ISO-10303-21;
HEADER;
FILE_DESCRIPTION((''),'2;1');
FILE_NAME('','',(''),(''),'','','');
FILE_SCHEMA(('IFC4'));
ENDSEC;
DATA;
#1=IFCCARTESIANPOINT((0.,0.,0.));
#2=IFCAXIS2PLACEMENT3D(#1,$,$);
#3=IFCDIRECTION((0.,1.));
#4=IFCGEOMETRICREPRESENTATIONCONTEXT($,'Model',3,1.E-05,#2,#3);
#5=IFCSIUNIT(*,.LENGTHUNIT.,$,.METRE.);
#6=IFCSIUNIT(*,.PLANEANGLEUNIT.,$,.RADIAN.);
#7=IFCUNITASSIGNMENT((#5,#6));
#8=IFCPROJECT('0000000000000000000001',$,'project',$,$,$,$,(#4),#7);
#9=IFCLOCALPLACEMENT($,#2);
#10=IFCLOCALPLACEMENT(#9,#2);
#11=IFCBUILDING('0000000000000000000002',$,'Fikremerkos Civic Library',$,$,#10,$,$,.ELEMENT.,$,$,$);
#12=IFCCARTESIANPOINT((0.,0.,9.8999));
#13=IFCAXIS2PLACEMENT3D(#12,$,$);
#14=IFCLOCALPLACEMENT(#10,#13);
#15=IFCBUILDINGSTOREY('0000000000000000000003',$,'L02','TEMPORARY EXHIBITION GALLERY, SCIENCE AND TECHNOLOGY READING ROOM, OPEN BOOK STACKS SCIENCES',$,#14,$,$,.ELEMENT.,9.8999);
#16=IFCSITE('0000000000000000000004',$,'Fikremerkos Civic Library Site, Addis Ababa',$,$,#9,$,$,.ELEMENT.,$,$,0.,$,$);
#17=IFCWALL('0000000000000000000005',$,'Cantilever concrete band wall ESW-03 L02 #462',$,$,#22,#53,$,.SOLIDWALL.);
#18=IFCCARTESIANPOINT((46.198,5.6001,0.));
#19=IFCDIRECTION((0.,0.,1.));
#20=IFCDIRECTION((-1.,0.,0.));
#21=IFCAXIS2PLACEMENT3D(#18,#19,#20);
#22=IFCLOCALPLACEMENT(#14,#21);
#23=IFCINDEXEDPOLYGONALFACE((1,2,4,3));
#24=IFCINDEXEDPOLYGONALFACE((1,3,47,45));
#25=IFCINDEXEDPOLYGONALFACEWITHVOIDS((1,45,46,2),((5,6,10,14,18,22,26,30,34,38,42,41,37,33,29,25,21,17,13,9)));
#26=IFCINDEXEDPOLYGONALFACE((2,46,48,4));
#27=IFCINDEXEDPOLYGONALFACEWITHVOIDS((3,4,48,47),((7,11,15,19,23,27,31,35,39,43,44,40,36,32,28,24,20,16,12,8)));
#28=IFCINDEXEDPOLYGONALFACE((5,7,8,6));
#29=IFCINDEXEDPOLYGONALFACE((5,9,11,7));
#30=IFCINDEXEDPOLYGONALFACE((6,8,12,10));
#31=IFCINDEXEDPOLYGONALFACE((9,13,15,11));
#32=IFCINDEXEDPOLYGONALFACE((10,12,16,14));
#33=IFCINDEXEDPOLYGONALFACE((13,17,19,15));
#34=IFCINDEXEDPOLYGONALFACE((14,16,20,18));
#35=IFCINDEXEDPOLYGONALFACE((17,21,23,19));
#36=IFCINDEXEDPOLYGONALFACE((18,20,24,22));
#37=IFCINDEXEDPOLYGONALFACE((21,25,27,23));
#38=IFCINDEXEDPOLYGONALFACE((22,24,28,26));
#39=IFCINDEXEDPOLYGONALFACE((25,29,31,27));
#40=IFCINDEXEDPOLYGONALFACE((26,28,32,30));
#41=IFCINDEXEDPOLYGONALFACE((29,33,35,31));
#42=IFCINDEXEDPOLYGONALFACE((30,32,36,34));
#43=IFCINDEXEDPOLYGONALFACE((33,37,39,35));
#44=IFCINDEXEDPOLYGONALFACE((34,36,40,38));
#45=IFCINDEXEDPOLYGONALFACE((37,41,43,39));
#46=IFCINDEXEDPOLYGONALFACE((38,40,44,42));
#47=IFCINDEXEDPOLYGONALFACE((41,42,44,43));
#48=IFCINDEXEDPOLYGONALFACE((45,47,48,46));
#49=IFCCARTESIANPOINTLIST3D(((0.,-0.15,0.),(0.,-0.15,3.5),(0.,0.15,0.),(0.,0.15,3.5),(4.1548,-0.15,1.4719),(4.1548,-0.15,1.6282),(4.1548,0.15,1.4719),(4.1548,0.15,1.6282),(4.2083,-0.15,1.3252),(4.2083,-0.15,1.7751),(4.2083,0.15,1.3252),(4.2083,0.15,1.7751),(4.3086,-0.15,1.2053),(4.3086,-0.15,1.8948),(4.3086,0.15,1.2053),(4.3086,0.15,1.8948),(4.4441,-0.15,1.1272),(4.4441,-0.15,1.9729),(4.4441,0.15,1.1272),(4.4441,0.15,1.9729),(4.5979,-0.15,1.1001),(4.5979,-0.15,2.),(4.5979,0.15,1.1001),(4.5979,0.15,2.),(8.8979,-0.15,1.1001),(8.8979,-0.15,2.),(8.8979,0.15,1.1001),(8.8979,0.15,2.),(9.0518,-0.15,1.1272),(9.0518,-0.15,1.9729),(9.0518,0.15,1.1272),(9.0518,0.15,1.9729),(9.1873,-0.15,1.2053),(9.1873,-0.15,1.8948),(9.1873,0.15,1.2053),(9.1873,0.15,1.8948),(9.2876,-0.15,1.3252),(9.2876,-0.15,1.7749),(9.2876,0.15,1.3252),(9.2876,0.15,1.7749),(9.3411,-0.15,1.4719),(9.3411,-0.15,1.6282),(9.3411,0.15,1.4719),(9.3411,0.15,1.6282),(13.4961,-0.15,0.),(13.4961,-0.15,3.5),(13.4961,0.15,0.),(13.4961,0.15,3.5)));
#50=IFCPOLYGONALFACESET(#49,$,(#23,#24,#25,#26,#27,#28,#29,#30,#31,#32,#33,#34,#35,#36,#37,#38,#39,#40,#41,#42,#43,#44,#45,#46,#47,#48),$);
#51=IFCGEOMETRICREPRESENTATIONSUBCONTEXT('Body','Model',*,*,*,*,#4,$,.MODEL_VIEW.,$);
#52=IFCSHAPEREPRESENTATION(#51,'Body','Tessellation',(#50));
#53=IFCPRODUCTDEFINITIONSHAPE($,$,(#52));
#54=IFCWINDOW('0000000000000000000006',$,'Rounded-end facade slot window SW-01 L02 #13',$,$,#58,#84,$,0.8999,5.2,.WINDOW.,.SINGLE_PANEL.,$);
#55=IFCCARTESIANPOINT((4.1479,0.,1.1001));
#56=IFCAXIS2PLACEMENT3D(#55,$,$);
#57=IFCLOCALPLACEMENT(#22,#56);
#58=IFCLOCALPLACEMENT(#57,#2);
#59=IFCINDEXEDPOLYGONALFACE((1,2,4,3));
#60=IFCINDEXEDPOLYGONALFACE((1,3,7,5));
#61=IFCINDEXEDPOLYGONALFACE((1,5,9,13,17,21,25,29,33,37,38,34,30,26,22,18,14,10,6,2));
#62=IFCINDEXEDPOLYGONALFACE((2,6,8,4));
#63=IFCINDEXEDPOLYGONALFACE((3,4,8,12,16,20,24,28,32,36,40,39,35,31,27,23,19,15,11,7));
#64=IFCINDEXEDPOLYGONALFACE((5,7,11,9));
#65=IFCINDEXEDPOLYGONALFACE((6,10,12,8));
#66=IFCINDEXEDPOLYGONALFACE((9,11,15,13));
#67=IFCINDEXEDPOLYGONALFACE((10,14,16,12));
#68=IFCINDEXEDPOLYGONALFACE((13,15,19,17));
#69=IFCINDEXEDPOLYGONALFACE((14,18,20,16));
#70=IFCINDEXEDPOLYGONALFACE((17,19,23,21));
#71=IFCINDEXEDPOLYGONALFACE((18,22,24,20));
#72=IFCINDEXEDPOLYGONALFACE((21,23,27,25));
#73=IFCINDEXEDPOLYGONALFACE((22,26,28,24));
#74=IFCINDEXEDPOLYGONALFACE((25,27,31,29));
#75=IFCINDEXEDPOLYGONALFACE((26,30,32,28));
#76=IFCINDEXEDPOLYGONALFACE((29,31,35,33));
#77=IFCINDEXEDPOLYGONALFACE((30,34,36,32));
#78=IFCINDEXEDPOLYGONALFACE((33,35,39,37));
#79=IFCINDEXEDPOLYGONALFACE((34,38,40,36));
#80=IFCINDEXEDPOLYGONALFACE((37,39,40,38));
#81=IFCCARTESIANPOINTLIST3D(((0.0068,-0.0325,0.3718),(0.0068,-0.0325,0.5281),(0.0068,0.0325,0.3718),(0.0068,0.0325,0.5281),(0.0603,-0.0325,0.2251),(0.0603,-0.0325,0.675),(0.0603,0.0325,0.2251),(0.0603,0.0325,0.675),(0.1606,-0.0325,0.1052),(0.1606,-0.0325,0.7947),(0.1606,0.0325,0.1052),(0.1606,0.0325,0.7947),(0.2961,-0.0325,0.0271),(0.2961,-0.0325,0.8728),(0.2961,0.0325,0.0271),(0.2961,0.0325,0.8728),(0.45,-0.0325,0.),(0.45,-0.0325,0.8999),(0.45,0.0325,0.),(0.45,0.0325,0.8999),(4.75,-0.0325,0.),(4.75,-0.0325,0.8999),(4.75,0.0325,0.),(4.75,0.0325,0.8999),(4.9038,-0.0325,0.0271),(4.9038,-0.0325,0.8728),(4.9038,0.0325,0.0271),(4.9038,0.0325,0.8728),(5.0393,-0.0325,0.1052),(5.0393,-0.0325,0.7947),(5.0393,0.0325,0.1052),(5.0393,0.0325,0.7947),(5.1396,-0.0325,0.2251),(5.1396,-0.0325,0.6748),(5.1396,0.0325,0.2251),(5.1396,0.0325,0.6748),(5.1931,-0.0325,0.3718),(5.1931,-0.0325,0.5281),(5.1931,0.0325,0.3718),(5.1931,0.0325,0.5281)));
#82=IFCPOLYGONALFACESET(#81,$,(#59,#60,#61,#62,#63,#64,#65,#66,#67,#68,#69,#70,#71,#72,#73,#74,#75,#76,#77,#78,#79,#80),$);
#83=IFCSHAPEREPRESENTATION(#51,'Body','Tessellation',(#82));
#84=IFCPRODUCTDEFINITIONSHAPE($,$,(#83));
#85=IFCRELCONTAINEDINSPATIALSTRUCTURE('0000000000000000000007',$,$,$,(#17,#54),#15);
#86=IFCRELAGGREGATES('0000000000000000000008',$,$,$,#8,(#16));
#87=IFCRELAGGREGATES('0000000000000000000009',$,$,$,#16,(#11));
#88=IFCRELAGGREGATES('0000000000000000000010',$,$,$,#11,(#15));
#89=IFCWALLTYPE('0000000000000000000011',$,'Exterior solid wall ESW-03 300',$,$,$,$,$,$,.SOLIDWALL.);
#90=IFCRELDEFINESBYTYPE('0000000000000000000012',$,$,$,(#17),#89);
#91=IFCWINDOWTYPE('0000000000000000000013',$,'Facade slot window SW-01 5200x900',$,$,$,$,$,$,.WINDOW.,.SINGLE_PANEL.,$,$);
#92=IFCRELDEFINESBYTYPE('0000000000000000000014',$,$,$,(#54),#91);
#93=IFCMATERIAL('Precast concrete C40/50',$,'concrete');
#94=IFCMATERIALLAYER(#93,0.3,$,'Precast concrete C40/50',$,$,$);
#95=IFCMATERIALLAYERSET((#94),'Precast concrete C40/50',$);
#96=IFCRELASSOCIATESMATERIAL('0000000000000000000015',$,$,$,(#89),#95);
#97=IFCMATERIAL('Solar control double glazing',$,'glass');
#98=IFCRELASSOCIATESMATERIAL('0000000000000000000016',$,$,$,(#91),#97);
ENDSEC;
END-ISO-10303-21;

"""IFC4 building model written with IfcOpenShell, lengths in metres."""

from ifc_helpers import new_model, si_unit, direction, frame, frame_2d, origin, place, context, subcontext, project, spatial, polyline, rectangle, outline, extrude, material, layer, layer_set, type_object, element, fill, save


model = new_model("IFC4")

# Units and contexts
model_context = context("Model", 3, precision=1e-05, world=origin(), true_north=direction((0.0, 1.0)))
body_context = subcontext(model_context, "Body", "Model", "MODEL_VIEW")
ifc_project = project(units=[si_unit("LENGTHUNIT", "METRE"), si_unit("PLANEANGLEUNIT", "RADIAN")], contexts=[model_context])

# Site, building, storey
site_placement = place(None, origin())
site = spatial("IfcSite", under=ifc_project, at=site_placement, Name="Fikremerkos Civic Library Site, Addis Ababa", CompositionType="ELEMENT", RefElevation=0.0)
building_placement = place(site_placement, origin())
building = spatial("IfcBuilding", under=site, at=building_placement, Name="Fikremerkos Civic Library", CompositionType="ELEMENT")
storey_placement = place(building_placement, frame((0.0, 0.0, 9.8999)))
storey = spatial("IfcBuildingStorey", under=building, at=storey_placement, Name="L02", Description="TEMPORARY EXHIBITION GALLERY, SCIENCE AND TECHNOLOGY READING ROOM, OPEN BOOK STACKS SCIENCES", CompositionType="ELEMENT", Elevation=9.8999)

# Wall, opening, window
ifc_material_1 = material(Name="Precast concrete C40/50", Category="concrete")
ifc_layer_1 = layer(ifc_material_1, 0.3, Name="Precast concrete C40/50")
ifc_layer_set_1 = layer_set([ifc_layer_1], Name="Precast concrete C40/50")
wall_type_1 = type_object("IfcWallType", Name="Exterior solid wall ESW-03 300", PredefinedType="SOLIDWALL", material=ifc_layer_set_1)
wall_1_placement = place(storey_placement, frame((46.198, 5.6001, 0.0), z_axis=(0.0, 0.0, 1.0), x_axis=(-1.0, 0.0, 0.0)))
wall_1 = element("IfcWall", 1, at=wall_1_placement, inside=storey, type_object=wall_type_1, Name="Cantilever concrete band wall ESW-03 L02 #462", PredefinedType="SOLIDWALL", context=body_context, shape_type="SweptSolid", body=[
    extrude(rectangle(XDim=13.4961, YDim=0.3, at=frame_2d((6.748, 0.0))), origin(), (0.0, 0.0, 1.0), 3.5),
])
opening_1_placement = place(wall_1_placement, frame((4.1479, 0.0, 1.1001)))
opening_1 = element("IfcOpeningElement", 2, at=opening_1_placement, cuts=wall_1, PredefinedType="OPENING", context=body_context, shape_type="SweptSolid", body=[
    extrude(outline(polyline([(0.45, 0.8999), (0.2961, 0.8728), (0.1606, 0.7947), (0.0603, 0.675), (0.0068, 0.5281), (0.0068, 0.3718), (0.0603, 0.2251), (0.1606, 0.1052), (0.2961, 0.0271), (0.45, 0.0), (4.75, 0.0), (4.9038, 0.0271), (5.0393, 0.1052), (5.1396, 0.2251), (5.1931, 0.3718), (5.1931, 0.5281), (5.1396, 0.6748), (5.0393, 0.7947), (4.9038, 0.8728), (4.75, 0.8999), (0.45, 0.8999)])), frame((0.0, 0.1599, 0.0), z_axis=(0.0, -1.0, 0.0), x_axis=(1.0, 0.0, 0.0)), (0.0, 0.0, 1.0), 0.3201),
])
ifc_material_2 = material(Name="Solar control double glazing", Category="glass")
window_type = type_object("IfcWindowType", Name="Facade slot window SW-01 5200x900", PartitioningType="SINGLE_PANEL", PredefinedType="WINDOW", material=ifc_material_2)
window_placement = place(opening_1_placement, origin())
window = element("IfcWindow", 3, at=window_placement, inside=storey, type_object=window_type, Name="Rounded-end facade slot window SW-01 L02 #13", OverallHeight=0.8999, OverallWidth=5.2, PartitioningType="SINGLE_PANEL", PredefinedType="WINDOW", context=body_context, shape_type="SweptSolid", body=[
    extrude(outline(polyline([(0.45, 0.8999), (0.2961, 0.8728), (0.1606, 0.7947), (0.0603, 0.675), (0.0068, 0.5281), (0.0068, 0.3718), (0.0603, 0.2251), (0.1606, 0.1052), (0.2961, 0.0271), (0.45, 0.0), (4.75, 0.0), (4.9038, 0.0271), (5.0393, 0.1052), (5.1396, 0.2251), (5.1931, 0.3718), (5.1931, 0.5281), (5.1396, 0.6748), (5.0393, 0.7947), (4.9038, 0.8728), (4.75, 0.8999), (0.45, 0.8999)])), frame((0.0, 0.0325, 0.0), z_axis=(0.0, -1.0, 0.0), x_axis=(1.0, 0.0, 0.0)), (0.0, 0.0, 1.0), 0.0649),
])
fill(opening_1, window)

save(model, "model.ifc")
